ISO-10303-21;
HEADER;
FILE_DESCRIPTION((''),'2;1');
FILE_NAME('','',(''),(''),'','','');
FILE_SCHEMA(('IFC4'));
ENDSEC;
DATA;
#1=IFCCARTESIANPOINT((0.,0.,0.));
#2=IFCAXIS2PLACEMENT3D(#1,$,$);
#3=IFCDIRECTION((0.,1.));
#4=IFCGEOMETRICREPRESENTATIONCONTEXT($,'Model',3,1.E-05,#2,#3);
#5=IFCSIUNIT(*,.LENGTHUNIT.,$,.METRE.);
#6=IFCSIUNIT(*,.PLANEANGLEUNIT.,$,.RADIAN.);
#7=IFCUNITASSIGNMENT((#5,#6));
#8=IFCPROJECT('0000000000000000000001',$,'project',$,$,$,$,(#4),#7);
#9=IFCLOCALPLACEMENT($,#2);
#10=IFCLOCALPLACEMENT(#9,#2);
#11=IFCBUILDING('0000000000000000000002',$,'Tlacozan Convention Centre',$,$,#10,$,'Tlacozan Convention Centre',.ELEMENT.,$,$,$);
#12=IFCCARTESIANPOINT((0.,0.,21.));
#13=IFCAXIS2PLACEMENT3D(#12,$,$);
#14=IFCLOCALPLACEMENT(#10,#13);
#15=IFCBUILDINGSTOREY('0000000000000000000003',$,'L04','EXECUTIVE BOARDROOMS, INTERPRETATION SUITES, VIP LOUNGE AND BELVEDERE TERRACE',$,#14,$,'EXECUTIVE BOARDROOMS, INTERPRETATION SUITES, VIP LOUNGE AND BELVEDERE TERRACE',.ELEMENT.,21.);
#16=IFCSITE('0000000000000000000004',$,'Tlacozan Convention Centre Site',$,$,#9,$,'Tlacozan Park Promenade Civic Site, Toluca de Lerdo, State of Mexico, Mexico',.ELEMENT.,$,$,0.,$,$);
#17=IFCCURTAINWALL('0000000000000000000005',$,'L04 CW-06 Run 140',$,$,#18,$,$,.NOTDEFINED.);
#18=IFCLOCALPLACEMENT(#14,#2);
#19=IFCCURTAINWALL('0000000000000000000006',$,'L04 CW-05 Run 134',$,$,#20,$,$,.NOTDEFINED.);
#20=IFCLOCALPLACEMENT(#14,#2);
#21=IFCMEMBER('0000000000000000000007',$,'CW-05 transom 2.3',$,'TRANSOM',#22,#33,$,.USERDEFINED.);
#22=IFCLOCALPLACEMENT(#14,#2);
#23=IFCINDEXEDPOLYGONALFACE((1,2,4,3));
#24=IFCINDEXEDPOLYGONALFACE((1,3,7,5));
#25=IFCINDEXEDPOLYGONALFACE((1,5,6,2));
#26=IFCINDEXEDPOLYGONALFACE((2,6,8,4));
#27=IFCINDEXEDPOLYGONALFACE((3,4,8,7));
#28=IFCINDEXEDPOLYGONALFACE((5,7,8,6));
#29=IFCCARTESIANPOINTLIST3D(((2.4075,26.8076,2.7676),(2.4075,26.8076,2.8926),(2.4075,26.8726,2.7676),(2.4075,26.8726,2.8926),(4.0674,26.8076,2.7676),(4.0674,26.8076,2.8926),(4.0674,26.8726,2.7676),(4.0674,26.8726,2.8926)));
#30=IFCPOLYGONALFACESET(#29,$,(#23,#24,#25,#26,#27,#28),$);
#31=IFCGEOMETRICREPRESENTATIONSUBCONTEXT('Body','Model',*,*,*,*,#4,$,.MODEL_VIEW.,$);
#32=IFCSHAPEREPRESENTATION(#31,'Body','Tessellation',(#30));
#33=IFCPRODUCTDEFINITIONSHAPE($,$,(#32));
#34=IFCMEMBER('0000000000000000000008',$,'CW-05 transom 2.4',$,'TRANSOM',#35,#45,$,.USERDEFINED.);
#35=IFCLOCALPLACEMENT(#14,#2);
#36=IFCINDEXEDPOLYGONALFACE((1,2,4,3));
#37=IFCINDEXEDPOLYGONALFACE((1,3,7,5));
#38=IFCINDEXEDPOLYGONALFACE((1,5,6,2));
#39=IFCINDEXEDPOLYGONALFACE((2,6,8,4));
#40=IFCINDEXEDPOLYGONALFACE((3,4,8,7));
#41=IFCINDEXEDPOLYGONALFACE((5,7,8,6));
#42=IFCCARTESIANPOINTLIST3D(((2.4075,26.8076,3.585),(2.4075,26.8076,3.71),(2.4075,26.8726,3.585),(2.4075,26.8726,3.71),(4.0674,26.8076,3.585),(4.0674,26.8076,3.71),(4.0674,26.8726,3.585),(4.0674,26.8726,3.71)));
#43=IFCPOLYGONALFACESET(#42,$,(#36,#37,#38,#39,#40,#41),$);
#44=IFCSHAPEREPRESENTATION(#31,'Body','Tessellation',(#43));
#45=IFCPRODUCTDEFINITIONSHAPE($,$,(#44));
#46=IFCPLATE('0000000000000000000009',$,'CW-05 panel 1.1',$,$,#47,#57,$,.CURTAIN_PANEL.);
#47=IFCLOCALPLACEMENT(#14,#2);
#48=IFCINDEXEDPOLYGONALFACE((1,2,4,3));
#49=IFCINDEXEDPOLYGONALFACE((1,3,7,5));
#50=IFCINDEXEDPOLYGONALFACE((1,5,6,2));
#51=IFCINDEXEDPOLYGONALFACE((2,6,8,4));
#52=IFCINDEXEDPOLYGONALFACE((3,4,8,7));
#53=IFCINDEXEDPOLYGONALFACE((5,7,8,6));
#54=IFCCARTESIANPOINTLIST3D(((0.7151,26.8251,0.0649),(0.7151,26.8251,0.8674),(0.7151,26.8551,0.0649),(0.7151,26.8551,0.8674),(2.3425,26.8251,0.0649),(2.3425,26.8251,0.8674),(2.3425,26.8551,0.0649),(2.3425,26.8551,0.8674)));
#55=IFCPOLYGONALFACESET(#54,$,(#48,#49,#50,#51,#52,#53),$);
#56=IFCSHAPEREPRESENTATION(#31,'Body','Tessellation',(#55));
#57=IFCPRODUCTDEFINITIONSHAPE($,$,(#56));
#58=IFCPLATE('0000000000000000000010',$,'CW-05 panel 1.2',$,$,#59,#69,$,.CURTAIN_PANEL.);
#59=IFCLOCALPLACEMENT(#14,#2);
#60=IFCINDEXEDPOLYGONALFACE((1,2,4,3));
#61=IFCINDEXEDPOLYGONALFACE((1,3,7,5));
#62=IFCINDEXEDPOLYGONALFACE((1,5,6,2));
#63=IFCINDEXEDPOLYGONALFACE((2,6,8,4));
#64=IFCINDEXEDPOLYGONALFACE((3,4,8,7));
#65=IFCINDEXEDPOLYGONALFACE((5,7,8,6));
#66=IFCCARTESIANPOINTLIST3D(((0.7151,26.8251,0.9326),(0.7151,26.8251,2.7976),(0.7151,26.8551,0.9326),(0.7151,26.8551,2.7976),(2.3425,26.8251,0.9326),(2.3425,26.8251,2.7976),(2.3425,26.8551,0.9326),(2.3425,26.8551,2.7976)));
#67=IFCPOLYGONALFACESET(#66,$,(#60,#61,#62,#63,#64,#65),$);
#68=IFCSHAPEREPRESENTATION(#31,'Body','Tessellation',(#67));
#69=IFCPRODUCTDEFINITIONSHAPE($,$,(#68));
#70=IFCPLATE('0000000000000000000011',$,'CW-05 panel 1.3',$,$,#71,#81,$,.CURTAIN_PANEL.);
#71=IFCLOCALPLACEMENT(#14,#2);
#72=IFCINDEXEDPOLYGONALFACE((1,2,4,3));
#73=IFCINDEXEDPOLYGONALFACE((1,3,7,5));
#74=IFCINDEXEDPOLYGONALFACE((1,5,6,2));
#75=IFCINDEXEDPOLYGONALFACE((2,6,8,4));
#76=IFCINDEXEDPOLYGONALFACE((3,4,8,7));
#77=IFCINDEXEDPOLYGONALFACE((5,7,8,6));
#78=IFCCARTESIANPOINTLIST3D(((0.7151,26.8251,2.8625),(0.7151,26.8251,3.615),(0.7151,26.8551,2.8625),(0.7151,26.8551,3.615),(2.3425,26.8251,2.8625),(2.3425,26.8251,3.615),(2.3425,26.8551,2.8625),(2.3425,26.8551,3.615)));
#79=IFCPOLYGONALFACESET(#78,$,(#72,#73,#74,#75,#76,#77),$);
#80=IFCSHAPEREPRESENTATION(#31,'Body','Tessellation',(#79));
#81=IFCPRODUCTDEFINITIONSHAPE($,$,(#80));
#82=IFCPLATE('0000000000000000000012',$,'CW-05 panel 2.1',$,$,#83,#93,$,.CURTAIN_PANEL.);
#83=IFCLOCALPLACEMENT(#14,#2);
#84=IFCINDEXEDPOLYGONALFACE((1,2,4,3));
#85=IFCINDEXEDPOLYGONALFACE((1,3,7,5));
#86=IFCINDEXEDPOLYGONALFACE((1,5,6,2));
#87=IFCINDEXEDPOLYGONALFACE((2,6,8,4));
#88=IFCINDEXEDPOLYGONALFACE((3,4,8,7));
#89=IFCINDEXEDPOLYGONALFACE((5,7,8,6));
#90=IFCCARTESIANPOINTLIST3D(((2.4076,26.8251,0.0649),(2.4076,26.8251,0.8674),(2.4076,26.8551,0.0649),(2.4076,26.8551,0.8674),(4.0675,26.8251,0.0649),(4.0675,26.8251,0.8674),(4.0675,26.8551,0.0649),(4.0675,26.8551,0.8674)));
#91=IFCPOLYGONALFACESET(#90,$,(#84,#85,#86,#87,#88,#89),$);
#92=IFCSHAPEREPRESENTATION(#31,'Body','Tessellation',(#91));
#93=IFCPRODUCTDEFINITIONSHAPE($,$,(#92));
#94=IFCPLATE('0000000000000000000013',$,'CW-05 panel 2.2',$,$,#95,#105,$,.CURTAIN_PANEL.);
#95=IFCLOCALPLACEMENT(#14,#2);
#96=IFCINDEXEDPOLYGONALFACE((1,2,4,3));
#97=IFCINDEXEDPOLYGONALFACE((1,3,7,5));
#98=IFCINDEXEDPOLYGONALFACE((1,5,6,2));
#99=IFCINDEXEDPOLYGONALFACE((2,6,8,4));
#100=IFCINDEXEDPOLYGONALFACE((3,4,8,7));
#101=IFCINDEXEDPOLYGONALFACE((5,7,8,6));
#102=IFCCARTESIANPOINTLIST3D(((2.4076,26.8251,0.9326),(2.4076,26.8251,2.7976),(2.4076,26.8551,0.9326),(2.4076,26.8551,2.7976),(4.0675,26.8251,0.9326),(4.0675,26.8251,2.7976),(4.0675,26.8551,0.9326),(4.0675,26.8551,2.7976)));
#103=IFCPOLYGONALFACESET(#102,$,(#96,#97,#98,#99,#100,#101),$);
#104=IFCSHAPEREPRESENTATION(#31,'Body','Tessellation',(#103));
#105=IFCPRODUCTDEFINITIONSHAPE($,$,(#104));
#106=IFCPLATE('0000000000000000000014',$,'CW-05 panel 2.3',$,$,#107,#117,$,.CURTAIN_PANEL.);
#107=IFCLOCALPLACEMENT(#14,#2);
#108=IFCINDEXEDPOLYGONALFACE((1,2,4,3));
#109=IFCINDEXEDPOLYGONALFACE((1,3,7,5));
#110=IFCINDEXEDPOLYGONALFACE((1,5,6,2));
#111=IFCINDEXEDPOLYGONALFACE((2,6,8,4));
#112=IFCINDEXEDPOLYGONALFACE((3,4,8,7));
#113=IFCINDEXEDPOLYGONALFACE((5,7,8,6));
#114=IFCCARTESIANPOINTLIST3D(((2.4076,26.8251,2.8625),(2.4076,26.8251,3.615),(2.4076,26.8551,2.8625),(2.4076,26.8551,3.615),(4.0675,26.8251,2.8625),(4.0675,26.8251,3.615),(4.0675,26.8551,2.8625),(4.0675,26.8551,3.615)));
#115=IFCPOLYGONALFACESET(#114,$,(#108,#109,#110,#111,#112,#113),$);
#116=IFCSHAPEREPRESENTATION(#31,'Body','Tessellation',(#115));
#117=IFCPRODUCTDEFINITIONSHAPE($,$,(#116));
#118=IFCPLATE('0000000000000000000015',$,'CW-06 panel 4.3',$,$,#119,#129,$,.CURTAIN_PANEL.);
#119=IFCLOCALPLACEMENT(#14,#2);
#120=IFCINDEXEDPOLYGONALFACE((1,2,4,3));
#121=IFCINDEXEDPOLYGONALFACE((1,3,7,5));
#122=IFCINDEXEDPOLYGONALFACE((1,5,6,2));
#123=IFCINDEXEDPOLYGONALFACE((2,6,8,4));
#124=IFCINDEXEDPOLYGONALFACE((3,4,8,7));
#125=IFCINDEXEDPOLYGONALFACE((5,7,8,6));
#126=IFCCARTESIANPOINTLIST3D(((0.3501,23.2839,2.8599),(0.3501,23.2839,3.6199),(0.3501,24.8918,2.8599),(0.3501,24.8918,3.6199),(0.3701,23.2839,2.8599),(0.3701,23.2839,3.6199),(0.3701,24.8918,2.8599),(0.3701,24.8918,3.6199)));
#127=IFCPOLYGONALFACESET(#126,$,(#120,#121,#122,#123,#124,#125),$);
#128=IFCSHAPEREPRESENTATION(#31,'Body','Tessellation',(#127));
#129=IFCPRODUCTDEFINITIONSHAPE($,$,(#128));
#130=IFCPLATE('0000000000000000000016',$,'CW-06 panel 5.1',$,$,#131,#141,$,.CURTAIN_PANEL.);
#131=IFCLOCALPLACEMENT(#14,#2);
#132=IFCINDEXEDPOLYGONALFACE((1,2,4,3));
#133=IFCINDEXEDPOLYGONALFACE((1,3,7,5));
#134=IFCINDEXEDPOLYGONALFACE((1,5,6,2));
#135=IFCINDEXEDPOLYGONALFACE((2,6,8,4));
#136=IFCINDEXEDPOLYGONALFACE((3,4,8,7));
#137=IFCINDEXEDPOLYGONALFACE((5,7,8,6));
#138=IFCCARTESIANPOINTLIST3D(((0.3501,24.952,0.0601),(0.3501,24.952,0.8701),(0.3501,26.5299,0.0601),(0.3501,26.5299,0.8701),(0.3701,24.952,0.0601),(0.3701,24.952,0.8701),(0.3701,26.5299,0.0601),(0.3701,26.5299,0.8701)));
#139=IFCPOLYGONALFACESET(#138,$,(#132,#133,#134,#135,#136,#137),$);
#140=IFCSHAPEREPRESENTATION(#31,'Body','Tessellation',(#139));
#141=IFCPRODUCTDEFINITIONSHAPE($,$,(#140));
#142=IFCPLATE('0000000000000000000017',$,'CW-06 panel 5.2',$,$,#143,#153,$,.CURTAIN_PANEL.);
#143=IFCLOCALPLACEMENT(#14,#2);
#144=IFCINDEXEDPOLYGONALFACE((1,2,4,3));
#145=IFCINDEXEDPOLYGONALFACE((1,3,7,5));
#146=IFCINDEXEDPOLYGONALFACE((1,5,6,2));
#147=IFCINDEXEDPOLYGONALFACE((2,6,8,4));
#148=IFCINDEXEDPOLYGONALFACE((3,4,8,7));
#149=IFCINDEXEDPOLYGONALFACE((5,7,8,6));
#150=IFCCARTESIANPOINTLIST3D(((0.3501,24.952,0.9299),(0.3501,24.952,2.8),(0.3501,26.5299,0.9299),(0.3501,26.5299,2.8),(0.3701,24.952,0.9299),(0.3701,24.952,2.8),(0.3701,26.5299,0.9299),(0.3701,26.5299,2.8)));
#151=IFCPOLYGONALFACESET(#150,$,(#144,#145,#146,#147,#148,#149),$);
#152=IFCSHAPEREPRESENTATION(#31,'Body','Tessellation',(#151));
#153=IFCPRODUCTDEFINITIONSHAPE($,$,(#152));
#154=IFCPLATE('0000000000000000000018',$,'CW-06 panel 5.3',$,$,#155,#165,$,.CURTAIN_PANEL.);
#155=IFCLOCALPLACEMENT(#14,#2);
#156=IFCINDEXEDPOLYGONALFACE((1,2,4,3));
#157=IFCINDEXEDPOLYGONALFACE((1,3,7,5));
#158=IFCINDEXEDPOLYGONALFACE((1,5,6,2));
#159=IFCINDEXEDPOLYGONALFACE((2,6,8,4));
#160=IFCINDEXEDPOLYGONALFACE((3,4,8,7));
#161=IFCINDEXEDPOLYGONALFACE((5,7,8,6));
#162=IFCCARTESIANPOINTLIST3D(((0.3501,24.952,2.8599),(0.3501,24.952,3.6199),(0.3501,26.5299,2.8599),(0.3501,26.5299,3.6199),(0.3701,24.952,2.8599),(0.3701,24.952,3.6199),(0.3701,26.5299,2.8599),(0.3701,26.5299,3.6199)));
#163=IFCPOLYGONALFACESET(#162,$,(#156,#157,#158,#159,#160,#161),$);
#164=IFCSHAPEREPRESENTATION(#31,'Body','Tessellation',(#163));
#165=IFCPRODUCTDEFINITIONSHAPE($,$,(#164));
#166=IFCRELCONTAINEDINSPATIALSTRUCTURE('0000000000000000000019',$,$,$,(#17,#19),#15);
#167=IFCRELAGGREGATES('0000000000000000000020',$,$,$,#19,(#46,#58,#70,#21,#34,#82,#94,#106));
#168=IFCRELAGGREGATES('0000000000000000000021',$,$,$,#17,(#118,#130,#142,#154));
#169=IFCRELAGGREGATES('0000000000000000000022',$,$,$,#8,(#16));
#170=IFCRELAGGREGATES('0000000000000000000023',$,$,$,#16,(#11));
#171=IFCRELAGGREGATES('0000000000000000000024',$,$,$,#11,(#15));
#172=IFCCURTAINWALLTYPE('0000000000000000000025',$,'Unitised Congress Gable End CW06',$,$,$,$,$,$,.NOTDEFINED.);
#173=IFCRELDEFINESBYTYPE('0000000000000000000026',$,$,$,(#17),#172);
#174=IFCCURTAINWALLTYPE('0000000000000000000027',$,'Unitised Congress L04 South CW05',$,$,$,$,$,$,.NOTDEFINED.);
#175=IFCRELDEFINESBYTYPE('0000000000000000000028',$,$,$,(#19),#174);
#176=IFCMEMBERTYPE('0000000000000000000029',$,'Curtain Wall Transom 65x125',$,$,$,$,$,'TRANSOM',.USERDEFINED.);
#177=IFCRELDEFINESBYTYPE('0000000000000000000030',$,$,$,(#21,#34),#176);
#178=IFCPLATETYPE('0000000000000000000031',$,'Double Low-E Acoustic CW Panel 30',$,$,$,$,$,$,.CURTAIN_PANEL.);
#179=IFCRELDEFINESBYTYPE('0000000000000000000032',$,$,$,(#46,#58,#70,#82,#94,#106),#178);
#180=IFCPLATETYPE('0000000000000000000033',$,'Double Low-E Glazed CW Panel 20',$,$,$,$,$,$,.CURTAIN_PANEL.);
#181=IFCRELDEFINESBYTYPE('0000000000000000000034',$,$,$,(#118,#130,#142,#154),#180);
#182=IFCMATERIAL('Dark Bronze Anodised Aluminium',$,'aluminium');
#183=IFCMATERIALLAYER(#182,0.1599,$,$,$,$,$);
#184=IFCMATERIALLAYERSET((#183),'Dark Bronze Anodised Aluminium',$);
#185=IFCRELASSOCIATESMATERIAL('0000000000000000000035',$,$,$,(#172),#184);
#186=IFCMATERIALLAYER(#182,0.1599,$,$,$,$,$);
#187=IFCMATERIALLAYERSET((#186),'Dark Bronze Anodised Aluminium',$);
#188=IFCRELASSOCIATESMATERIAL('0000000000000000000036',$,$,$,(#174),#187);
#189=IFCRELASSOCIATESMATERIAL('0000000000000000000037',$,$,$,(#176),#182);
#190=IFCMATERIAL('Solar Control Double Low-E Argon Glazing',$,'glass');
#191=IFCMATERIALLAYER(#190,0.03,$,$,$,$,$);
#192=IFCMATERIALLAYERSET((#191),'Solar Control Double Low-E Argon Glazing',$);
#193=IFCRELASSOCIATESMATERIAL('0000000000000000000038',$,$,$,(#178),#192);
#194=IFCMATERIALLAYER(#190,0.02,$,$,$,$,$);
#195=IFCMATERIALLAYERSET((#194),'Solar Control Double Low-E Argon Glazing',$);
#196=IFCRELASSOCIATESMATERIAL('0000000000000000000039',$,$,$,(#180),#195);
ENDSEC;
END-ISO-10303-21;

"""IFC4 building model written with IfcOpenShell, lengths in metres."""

from ifc_helpers import new_model, si_unit, direction, frame, origin, origin_2d, place, context, subcontext, project, spatial, rectangle, extrude, material, layer, layer_set, material_profile, profile_set, type_object, element, aggregate, save


model = new_model("IFC4")

# Units and contexts
model_context = context("Model", 3, precision=1e-05, world=origin(), true_north=direction((0.0, 1.0)))
body_context = subcontext(model_context, "Body", "Model", "MODEL_VIEW")
ifc_project = project(units=[si_unit("LENGTHUNIT", "METRE"), si_unit("PLANEANGLEUNIT", "RADIAN")], contexts=[model_context])

# Site, building, storey
site_placement = place(None, origin())
site = spatial("IfcSite", under=ifc_project, at=site_placement, Name="Tlacozan Convention Centre Site", LongName="Tlacozan Park Promenade Civic Site, Toluca de Lerdo, State of Mexico, Mexico", CompositionType="ELEMENT", RefElevation=0.0)
building_placement = place(site_placement, origin())
building = spatial("IfcBuilding", under=site, at=building_placement, Name="Tlacozan Convention Centre", LongName="Tlacozan Convention Centre", CompositionType="ELEMENT")
storey_placement = place(building_placement, frame((0.0, 0.0, 21.0)))
storey = spatial("IfcBuildingStorey", under=building, at=storey_placement, Name="L04", Description="EXECUTIVE BOARDROOMS, INTERPRETATION SUITES, VIP LOUNGE AND BELVEDERE TERRACE", LongName="EXECUTIVE BOARDROOMS, INTERPRETATION SUITES, VIP LOUNGE AND BELVEDERE TERRACE", CompositionType="ELEMENT", Elevation=21.0)

# Curtain wall
ifc_material_1 = material(Name="Dark Bronze Anodised Aluminium", Category="aluminium")
ifc_layer_1 = layer(ifc_material_1, 0.1599)
ifc_layer_set_1 = layer_set([ifc_layer_1], Name="Dark Bronze Anodised Aluminium")
curtain_wall_type_1 = type_object("IfcCurtainWallType", Name="Unitised Congress Gable End CW06", PredefinedType="NOTDEFINED", material=ifc_layer_set_1)
curtain_wall_1_placement = place(storey_placement, origin())
curtain_wall_1 = element("IfcCurtainWall", 1, at=curtain_wall_1_placement, inside=storey, type_object=curtain_wall_type_1, Name="L04 CW-06 Run 140", PredefinedType="NOTDEFINED")

# Curtain wall, members, plates
ifc_layer_2 = layer(ifc_material_1, 0.1599)
ifc_layer_set_2 = layer_set([ifc_layer_2], Name="Dark Bronze Anodised Aluminium")
curtain_wall_type_2 = type_object("IfcCurtainWallType", Name="Unitised Congress L04 South CW05", PredefinedType="NOTDEFINED", material=ifc_layer_set_2)
curtain_wall_2_placement = place(storey_placement, origin())
curtain_wall_2 = element("IfcCurtainWall", 2, at=curtain_wall_2_placement, inside=storey, type_object=curtain_wall_type_2, Name="L04 CW-05 Run 134", PredefinedType="NOTDEFINED")
ifc_material_profile_1 = material_profile(ifc_material_1, rectangle(XDim=0.0649, YDim=0.125, at=origin_2d()), Name="ALU 65x125")
ifc_profile_set_1 = profile_set([ifc_material_profile_1], Name="Dark Bronze Anodised Aluminium")
member_type_1 = type_object("IfcMemberType", Name="Curtain Wall Transom 65x125", ElementType="TRANSOM", PredefinedType="USERDEFINED", material=ifc_profile_set_1)
member_1_placement = place(storey_placement, frame((2.4075, 26.8401, 2.8301), z_axis=(1.0, 0.0, 0.0), x_axis=(0.0, 1.0, 0.0)))
member_1 = element("IfcMember", 3, at=member_1_placement, type_object=member_type_1, Name="CW-05 transom 2.3", ObjectType="TRANSOM", PredefinedType="USERDEFINED", context=body_context, shape_type="SweptSolid", body=[
    extrude(rectangle(XDim=0.0649, YDim=0.125, at=origin_2d()), origin(), (0.0, 0.0, 1.0), 1.6599),
])
member_2_placement = place(storey_placement, frame((2.4075, 26.8401, 3.6475), z_axis=(1.0, 0.0, 0.0), x_axis=(0.0, 1.0, 0.0)))
member_2 = element("IfcMember", 4, at=member_2_placement, type_object=member_type_1, Name="CW-05 transom 2.4", ObjectType="TRANSOM", PredefinedType="USERDEFINED", context=body_context, shape_type="SweptSolid", body=[
    extrude(rectangle(XDim=0.0649, YDim=0.125, at=origin_2d()), origin(), (0.0, 0.0, 1.0), 1.6599),
])
ifc_material_2 = material(Name="Solar Control Double Low-E Argon Glazing", Category="glass")
ifc_layer_3 = layer(ifc_material_2, 0.03)
ifc_layer_set_3 = layer_set([ifc_layer_3], Name="Solar Control Double Low-E Argon Glazing")
plate_type_1 = type_object("IfcPlateType", Name="Double Low-E Acoustic CW Panel 30", PredefinedType="CURTAIN_PANEL", material=ifc_layer_set_3)
plate_1_placement = place(storey_placement, frame((1.5288, 26.8401, 0.0649), z_axis=(0.0, 0.0, 1.0), x_axis=(1.0, 0.0, 0.0)))
plate_1 = element("IfcPlate", 5, at=plate_1_placement, type_object=plate_type_1, Name="CW-05 panel 1.1", PredefinedType="CURTAIN_PANEL", context=body_context, shape_type="SweptSolid", body=[
    extrude(rectangle(XDim=1.6274, YDim=0.03, at=origin_2d()), origin(), (0.0, 0.0, 1.0), 0.8025),
])
plate_2_placement = place(storey_placement, frame((1.5288, 26.8401, 0.9326), z_axis=(0.0, 0.0, 1.0), x_axis=(1.0, 0.0, 0.0)))
plate_2 = element("IfcPlate", 6, at=plate_2_placement, type_object=plate_type_1, Name="CW-05 panel 1.2", PredefinedType="CURTAIN_PANEL", context=body_context, shape_type="SweptSolid", body=[
    extrude(rectangle(XDim=1.6274, YDim=0.03, at=origin_2d()), origin(), (0.0, 0.0, 1.0), 1.865),
])
plate_3_placement = place(storey_placement, frame((1.5288, 26.8401, 2.8625), z_axis=(0.0, 0.0, 1.0), x_axis=(1.0, 0.0, 0.0)))
plate_3 = element("IfcPlate", 7, at=plate_3_placement, type_object=plate_type_1, Name="CW-05 panel 1.3", PredefinedType="CURTAIN_PANEL", context=body_context, shape_type="SweptSolid", body=[
    extrude(rectangle(XDim=1.6274, YDim=0.03, at=origin_2d()), origin(), (0.0, 0.0, 1.0), 0.7524),
])
plate_4_placement = place(storey_placement, frame((3.2375, 26.8401, 0.0649), z_axis=(0.0, 0.0, 1.0), x_axis=(1.0, 0.0, 0.0)))
plate_4 = element("IfcPlate", 8, at=plate_4_placement, type_object=plate_type_1, Name="CW-05 panel 2.1", PredefinedType="CURTAIN_PANEL", context=body_context, shape_type="SweptSolid", body=[
    extrude(rectangle(XDim=1.6599, YDim=0.03, at=origin_2d()), origin(), (0.0, 0.0, 1.0), 0.8025),
])
plate_5_placement = place(storey_placement, frame((3.2375, 26.8401, 0.9326), z_axis=(0.0, 0.0, 1.0), x_axis=(1.0, 0.0, 0.0)))
plate_5 = element("IfcPlate", 9, at=plate_5_placement, type_object=plate_type_1, Name="CW-05 panel 2.2", PredefinedType="CURTAIN_PANEL", context=body_context, shape_type="SweptSolid", body=[
    extrude(rectangle(XDim=1.6599, YDim=0.03, at=origin_2d()), origin(), (0.0, 0.0, 1.0), 1.865),
])
plate_6_placement = place(storey_placement, frame((3.2375, 26.8401, 2.8625), z_axis=(0.0, 0.0, 1.0), x_axis=(1.0, 0.0, 0.0)))
plate_6 = element("IfcPlate", 10, at=plate_6_placement, type_object=plate_type_1, Name="CW-05 panel 2.3", PredefinedType="CURTAIN_PANEL", context=body_context, shape_type="SweptSolid", body=[
    extrude(rectangle(XDim=1.6599, YDim=0.03, at=origin_2d()), origin(), (0.0, 0.0, 1.0), 0.7524),
])
aggregate(curtain_wall_2, [plate_1, plate_2, plate_3, member_1, member_2, plate_4, plate_5, plate_6])

# Plates
ifc_layer_4 = layer(ifc_material_2, 0.02)
ifc_layer_set_4 = layer_set([ifc_layer_4], Name="Solar Control Double Low-E Argon Glazing")
plate_type_2 = type_object("IfcPlateType", Name="Double Low-E Glazed CW Panel 20", PredefinedType="CURTAIN_PANEL", material=ifc_layer_set_4)
plate_7_placement = place(storey_placement, frame((0.3601, 24.0879, 2.8599), z_axis=(0.0, 0.0, 1.0), x_axis=(0.0, 1.0, 0.0)))
plate_7 = element("IfcPlate", 11, at=plate_7_placement, type_object=plate_type_2, Name="CW-06 panel 4.3", PredefinedType="CURTAIN_PANEL", context=body_context, shape_type="SweptSolid", body=[
    extrude(rectangle(XDim=1.6079, YDim=0.02, at=origin_2d()), origin(), (0.0, 0.0, 1.0), 0.76),
])
plate_8_placement = place(storey_placement, frame((0.3601, 25.741, 0.0601), z_axis=(0.0, 0.0, 1.0), x_axis=(0.0, 1.0, 0.0)))
plate_8 = element("IfcPlate", 12, at=plate_8_placement, type_object=plate_type_2, Name="CW-06 panel 5.1", PredefinedType="CURTAIN_PANEL", context=body_context, shape_type="SweptSolid", body=[
    extrude(rectangle(XDim=1.5779, YDim=0.02, at=origin_2d()), origin(), (0.0, 0.0, 1.0), 0.8101),
])
plate_9_placement = place(storey_placement, frame((0.3601, 25.741, 0.9299), z_axis=(0.0, 0.0, 1.0), x_axis=(0.0, 1.0, 0.0)))
plate_9 = element("IfcPlate", 13, at=plate_9_placement, type_object=plate_type_2, Name="CW-06 panel 5.2", PredefinedType="CURTAIN_PANEL", context=body_context, shape_type="SweptSolid", body=[
    extrude(rectangle(XDim=1.5779, YDim=0.02, at=origin_2d()), origin(), (0.0, 0.0, 1.0), 1.8701),
])
plate_10_placement = place(storey_placement, frame((0.3601, 25.741, 2.8599), z_axis=(0.0, 0.0, 1.0), x_axis=(0.0, 1.0, 0.0)))
plate_10 = element("IfcPlate", 14, at=plate_10_placement, type_object=plate_type_2, Name="CW-06 panel 5.3", PredefinedType="CURTAIN_PANEL", context=body_context, shape_type="SweptSolid", body=[
    extrude(rectangle(XDim=1.5779, YDim=0.02, at=origin_2d()), origin(), (0.0, 0.0, 1.0), 0.76),
])
aggregate(curtain_wall_1, [plate_7, plate_8, plate_9, plate_10])

save(model, "model.ifc")
